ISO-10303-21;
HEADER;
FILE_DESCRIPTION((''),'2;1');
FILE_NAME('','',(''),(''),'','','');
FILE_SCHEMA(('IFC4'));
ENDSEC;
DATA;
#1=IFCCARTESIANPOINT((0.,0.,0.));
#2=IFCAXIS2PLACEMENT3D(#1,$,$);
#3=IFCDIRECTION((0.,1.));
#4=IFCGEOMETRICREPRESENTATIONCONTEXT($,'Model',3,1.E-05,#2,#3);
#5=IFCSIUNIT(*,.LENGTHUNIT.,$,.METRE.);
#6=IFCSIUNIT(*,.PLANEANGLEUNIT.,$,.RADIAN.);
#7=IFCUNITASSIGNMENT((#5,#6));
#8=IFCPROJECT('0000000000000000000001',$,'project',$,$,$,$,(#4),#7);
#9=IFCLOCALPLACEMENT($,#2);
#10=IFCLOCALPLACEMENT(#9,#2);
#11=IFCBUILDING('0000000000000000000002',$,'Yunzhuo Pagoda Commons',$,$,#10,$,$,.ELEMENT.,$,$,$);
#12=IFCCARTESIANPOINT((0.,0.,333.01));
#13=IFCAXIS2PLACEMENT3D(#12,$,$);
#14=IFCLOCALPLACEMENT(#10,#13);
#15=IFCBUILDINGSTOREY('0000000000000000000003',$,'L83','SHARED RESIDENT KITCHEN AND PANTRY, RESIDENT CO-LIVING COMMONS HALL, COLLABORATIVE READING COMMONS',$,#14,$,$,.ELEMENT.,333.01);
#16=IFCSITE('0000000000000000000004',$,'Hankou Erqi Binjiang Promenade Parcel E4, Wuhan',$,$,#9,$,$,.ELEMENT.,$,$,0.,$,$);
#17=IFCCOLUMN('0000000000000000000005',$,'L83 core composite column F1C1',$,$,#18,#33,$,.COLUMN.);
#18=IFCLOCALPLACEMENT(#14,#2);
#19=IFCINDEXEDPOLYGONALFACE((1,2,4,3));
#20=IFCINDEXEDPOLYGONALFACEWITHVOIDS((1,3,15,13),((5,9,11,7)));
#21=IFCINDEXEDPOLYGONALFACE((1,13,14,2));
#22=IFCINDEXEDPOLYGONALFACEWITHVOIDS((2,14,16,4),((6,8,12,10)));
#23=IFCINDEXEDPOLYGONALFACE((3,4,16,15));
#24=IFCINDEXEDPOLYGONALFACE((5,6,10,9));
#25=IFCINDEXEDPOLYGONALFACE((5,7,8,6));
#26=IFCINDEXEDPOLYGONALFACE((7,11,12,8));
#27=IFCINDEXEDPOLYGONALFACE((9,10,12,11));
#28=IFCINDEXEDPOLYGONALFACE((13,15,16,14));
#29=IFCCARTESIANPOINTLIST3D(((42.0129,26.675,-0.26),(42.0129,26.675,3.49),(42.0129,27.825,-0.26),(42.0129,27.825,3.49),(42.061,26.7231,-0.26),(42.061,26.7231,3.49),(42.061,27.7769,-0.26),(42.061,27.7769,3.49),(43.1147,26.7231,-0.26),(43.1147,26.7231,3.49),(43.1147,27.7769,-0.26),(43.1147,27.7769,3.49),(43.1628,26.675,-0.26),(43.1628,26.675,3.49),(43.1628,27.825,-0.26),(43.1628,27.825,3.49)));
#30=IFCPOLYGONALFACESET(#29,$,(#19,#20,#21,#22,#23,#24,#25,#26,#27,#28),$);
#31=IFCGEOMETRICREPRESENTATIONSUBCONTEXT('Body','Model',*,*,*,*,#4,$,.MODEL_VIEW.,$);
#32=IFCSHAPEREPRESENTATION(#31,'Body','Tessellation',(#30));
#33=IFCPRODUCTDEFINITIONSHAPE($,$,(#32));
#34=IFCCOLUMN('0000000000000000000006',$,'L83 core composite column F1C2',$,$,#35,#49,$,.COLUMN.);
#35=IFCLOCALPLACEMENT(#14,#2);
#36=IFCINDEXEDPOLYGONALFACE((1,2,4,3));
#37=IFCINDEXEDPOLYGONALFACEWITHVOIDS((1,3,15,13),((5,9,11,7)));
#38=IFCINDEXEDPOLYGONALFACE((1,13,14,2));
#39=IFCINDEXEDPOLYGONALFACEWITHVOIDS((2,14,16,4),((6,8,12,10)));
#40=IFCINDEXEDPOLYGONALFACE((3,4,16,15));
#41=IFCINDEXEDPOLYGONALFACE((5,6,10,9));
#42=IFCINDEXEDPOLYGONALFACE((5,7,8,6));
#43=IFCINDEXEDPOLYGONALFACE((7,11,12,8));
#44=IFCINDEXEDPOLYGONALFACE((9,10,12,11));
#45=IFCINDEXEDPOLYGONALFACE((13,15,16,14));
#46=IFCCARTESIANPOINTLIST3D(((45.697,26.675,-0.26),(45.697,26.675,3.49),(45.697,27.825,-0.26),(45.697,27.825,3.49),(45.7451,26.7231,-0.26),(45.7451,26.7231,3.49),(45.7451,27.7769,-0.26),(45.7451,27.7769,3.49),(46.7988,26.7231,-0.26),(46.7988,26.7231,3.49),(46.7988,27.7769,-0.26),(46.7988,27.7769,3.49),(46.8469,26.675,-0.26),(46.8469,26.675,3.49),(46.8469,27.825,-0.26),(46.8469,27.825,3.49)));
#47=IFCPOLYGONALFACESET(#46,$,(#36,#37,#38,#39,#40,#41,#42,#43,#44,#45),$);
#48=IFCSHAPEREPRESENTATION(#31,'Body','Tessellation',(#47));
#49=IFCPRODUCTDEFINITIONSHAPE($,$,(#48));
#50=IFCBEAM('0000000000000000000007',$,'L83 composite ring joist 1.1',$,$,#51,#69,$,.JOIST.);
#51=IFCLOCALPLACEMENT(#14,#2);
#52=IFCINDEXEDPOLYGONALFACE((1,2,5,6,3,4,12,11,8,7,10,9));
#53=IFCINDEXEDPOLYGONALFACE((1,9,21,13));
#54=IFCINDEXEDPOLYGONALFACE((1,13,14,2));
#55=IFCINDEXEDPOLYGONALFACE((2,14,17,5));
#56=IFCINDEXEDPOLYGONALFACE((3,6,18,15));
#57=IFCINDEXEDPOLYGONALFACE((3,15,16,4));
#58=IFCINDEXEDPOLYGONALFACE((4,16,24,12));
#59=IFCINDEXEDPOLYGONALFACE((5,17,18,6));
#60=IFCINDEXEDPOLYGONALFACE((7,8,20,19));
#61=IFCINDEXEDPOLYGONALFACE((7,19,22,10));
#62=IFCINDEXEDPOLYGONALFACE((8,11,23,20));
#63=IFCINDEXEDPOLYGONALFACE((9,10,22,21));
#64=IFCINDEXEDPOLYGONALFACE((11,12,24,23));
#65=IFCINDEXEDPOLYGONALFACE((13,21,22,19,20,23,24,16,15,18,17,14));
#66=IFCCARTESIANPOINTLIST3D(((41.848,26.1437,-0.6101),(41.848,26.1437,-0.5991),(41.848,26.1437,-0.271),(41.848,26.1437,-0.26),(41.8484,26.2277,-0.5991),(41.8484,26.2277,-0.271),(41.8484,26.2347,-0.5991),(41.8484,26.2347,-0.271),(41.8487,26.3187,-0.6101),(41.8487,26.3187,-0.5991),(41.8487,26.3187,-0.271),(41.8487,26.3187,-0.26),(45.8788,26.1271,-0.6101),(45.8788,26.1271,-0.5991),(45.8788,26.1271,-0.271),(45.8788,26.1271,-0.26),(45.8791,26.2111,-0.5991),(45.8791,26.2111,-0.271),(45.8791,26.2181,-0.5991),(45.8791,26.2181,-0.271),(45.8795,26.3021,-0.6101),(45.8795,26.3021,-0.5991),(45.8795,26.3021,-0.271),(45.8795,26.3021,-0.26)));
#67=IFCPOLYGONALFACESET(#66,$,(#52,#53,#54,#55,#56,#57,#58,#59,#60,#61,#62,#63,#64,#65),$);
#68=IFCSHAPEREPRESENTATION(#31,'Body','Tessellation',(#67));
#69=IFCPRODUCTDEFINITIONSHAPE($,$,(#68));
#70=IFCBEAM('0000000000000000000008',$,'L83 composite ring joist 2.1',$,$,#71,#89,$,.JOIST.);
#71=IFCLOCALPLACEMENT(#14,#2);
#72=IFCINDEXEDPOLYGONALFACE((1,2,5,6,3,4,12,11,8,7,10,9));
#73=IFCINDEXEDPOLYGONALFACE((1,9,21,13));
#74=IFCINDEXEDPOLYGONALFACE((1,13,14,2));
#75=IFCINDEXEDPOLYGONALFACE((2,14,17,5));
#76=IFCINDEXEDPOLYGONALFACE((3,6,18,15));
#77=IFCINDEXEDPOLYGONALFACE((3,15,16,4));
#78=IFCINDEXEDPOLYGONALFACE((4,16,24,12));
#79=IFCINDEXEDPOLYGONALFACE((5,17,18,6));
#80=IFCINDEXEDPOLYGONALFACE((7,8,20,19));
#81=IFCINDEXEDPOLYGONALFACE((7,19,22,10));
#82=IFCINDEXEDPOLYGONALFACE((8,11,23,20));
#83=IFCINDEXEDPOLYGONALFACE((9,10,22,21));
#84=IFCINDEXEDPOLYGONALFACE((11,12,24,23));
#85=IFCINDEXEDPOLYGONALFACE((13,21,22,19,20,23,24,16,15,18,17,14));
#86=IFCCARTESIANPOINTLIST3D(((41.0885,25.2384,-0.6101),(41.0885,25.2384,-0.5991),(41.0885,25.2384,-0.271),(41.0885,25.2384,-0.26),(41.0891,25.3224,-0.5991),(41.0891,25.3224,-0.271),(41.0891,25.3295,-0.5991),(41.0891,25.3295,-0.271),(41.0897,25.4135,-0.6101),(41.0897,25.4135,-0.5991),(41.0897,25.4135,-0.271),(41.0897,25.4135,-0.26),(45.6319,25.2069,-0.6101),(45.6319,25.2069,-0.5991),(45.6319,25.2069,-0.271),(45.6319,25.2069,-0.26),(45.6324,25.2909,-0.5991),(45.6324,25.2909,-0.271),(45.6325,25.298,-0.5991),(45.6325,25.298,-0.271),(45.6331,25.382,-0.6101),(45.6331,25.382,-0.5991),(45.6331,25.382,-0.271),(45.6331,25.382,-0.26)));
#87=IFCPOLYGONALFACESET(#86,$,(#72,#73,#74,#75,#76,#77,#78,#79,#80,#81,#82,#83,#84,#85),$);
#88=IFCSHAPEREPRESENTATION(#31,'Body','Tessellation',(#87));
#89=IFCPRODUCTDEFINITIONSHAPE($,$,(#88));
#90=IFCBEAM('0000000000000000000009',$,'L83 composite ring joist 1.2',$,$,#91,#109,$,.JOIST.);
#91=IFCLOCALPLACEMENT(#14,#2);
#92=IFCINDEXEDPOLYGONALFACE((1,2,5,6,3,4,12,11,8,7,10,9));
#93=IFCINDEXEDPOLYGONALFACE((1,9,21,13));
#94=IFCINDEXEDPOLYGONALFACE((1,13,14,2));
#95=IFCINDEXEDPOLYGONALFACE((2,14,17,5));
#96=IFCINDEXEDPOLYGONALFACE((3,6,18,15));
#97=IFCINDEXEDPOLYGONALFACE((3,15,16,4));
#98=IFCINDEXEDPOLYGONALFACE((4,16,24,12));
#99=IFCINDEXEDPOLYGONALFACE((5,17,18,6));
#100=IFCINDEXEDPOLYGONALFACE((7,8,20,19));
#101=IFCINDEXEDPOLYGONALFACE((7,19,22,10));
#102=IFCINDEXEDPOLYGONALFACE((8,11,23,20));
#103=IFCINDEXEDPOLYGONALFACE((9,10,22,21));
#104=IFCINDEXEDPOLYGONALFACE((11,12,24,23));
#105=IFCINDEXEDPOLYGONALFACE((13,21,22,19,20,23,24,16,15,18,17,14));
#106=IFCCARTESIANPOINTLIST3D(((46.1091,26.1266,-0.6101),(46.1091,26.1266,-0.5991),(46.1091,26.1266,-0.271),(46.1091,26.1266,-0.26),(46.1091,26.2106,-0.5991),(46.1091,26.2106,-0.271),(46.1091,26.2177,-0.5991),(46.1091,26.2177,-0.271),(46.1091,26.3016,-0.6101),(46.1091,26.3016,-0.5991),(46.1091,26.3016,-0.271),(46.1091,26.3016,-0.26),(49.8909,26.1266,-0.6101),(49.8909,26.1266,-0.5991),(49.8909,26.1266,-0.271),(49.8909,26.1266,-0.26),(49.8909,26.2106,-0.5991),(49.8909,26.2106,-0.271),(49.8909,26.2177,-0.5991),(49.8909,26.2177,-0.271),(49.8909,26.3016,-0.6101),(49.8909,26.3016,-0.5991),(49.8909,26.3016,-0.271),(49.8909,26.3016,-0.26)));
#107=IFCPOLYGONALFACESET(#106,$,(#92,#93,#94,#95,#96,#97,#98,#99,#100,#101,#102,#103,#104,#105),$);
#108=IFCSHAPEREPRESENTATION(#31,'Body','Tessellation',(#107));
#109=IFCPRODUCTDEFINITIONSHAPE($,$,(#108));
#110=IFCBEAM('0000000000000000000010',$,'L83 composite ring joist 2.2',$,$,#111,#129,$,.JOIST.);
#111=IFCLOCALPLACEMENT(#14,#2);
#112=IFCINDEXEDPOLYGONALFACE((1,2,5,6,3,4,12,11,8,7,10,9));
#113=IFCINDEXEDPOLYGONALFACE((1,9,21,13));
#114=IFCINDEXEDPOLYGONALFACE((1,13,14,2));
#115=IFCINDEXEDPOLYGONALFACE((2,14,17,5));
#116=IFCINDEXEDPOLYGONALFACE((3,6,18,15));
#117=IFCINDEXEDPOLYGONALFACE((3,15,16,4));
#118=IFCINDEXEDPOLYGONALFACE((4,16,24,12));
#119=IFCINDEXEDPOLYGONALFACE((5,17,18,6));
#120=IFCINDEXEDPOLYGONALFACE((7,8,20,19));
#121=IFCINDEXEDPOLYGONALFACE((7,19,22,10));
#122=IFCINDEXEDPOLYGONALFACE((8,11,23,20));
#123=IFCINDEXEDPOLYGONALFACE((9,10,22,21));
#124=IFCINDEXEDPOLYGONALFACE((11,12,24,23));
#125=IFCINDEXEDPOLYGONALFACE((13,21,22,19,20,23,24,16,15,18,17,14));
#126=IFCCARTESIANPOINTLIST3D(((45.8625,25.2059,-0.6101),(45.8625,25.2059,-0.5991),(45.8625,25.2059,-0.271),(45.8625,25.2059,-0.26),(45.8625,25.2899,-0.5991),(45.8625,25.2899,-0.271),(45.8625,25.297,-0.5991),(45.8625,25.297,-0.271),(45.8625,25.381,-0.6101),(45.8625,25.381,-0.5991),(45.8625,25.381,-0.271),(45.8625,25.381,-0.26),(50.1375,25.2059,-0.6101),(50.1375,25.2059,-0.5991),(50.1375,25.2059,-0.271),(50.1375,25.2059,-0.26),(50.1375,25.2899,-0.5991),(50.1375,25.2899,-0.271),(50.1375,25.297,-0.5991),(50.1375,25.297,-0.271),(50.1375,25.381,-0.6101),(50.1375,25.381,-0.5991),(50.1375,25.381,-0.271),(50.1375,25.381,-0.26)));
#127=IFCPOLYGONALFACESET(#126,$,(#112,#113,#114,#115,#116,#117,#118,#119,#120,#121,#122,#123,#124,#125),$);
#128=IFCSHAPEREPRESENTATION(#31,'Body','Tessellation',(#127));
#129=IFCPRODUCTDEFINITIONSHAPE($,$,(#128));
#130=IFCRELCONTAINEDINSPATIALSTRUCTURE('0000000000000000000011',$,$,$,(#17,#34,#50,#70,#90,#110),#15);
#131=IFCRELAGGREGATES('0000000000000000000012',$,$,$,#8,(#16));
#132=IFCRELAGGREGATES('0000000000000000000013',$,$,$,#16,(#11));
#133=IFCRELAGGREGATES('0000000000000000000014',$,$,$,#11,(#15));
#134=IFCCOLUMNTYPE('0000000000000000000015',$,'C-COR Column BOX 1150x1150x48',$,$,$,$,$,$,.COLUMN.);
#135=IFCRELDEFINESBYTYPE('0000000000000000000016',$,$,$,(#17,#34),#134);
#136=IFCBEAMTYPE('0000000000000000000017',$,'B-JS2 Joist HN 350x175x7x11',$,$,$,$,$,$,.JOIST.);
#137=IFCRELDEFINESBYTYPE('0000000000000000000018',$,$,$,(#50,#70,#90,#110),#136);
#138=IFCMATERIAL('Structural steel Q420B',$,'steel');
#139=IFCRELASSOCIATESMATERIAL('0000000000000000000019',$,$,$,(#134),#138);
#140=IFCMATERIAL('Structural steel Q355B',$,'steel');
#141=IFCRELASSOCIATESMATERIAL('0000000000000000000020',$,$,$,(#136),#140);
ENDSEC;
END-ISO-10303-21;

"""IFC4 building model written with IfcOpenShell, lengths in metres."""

from ifc_helpers import new_model, si_unit, direction, frame, origin, origin_2d, place, context, subcontext, project, spatial, hollow_rectangle, i_section, extrude, source, transform, mapped, material, material_profile, profile_set, type_object, element, save


model = new_model("IFC4")

# Units and contexts
model_context = context("Model", 3, precision=1e-05, world=origin(), true_north=direction((0.0, 1.0)))
body_context = subcontext(model_context, "Body", "Model", "MODEL_VIEW")
ifc_project = project(units=[si_unit("LENGTHUNIT", "METRE"), si_unit("PLANEANGLEUNIT", "RADIAN")], contexts=[model_context])

# Site, building, storey
site_placement = place(None, origin())
site = spatial("IfcSite", under=ifc_project, at=site_placement, Name="Hankou Erqi Binjiang Promenade Parcel E4, Wuhan", CompositionType="ELEMENT", RefElevation=0.0)
building_placement = place(site_placement, origin())
building = spatial("IfcBuilding", under=site, at=building_placement, Name="Yunzhuo Pagoda Commons", CompositionType="ELEMENT")
storey_placement = place(building_placement, frame((0.0, 0.0, 333.01)))
storey = spatial("IfcBuildingStorey", under=building, at=storey_placement, Name="L83", Description="SHARED RESIDENT KITCHEN AND PANTRY, RESIDENT CO-LIVING COMMONS HALL, COLLABORATIVE READING COMMONS", CompositionType="ELEMENT", Elevation=333.01)

# Columns
ifc_material_1 = material(Name="Structural steel Q420B", Category="steel")
ifc_material_profile_1 = material_profile(ifc_material_1, hollow_rectangle(XDim=1.1499, YDim=1.1499, WallThickness=0.0481, at=origin_2d()), Name="Structural steel Q420B")
ifc_profile_set_1 = profile_set([ifc_material_profile_1], Name="Structural steel Q420B")
column_type = type_object("IfcColumnType", Name="C-COR Column BOX 1150x1150x48", PredefinedType="COLUMN", material=ifc_profile_set_1)
shared_shape_1 = source(origin(), body_context, "Body", "SweptSolid", [
    extrude(hollow_rectangle(XDim=1.1499, YDim=1.1499, WallThickness=0.0481, at=origin_2d()), origin(), (0.0, 0.0, 1.0), 3.75),
])
for number, where, z_axis, x_axis, name in (
    (1, (42.5879, 27.25, -0.26), (0.0, 0.0, 1.0), (1.0, 0.0, 0.0), "L83 core composite column F1C1"),
    (2, (46.272, 27.25, -0.26), (0.0, 0.0, 1.0), (1.0, 0.0, 0.0), "L83 core composite column F1C2"),
):
    element("IfcColumn", number, at=place(storey_placement, frame(where, z_axis=z_axis, x_axis=x_axis)), inside=storey, type_object=column_type, Name=name, PredefinedType="COLUMN", context=body_context, shape_type="MappedRepresentation", body=[
        mapped(shared_shape_1, transform((0.0, 0.0, 0.0), scale=1.0)),
    ])

# Beams
ifc_material_2 = material(Name="Structural steel Q355B", Category="steel")
ifc_material_profile_2 = material_profile(ifc_material_2, i_section(OverallWidth=0.175, OverallDepth=0.3501, WebThickness=0.0071, FlangeThickness=0.011, at=origin_2d()), Name="Structural steel Q355B")
ifc_profile_set_2 = profile_set([ifc_material_profile_2], Name="Structural steel Q355B")
beam_type = type_object("IfcBeamType", Name="B-JS2 Joist HN 350x175x7x11", PredefinedType="JOIST", material=ifc_profile_set_2)
shared_shape_2 = source(origin(), body_context, "Body", "SweptSolid", [
    extrude(i_section(OverallWidth=0.175, OverallDepth=0.3501, WebThickness=0.0071, FlangeThickness=0.011, at=origin_2d()), origin(), (0.0, 0.0, 1.0), 4.0308),
])
beam_1_placement = place(storey_placement, frame((41.8484, 26.2312, -0.4351), z_axis=(0.999992, -0.004119, 0.0), x_axis=(0.004119, 0.999992, 0.0)))
element("IfcBeam", 3, at=beam_1_placement, inside=storey, type_object=beam_type, Name="L83 composite ring joist 1.1", PredefinedType="JOIST", context=body_context, shape_type="MappedRepresentation", body=[
    mapped(shared_shape_2, transform((0.0, 0.0, 0.0), scale=1.0)),
])
shared_shape_3 = source(origin(), body_context, "Body", "SweptSolid", [
    extrude(i_section(OverallWidth=0.175, OverallDepth=0.3501, WebThickness=0.0071, FlangeThickness=0.011, at=origin_2d()), origin(), (0.0, 0.0, 1.0), 4.5435),
])
beam_2_placement = place(storey_placement, frame((41.0891, 25.3259, -0.4351), z_axis=(0.999976, -0.006932, 0.0), x_axis=(0.006932, 0.999976, 0.0)))
element("IfcBeam", 4, at=beam_2_placement, inside=storey, type_object=beam_type, Name="L83 composite ring joist 2.1", PredefinedType="JOIST", context=body_context, shape_type="MappedRepresentation", body=[
    mapped(shared_shape_3, transform((0.0, 0.0, 0.0), scale=1.0)),
])
shared_shape_4 = source(origin(), body_context, "Body", "SweptSolid", [
    extrude(i_section(OverallWidth=0.175, OverallDepth=0.3501, WebThickness=0.0071, FlangeThickness=0.011, at=origin_2d()), origin(), (0.0, 0.0, 1.0), 3.7817),
])
beam_3_placement = place(storey_placement, frame((46.1091, 26.2141, -0.4351), z_axis=(1.0, 0.0, 0.0), x_axis=(0.0, 1.0, 0.0)))
element("IfcBeam", 5, at=beam_3_placement, inside=storey, type_object=beam_type, Name="L83 composite ring joist 1.2", PredefinedType="JOIST", context=body_context, shape_type="MappedRepresentation", body=[
    mapped(shared_shape_4, transform((0.0, 0.0, 0.0), scale=1.0)),
])
shared_shape_5 = source(origin(), body_context, "Body", "SweptSolid", [
    extrude(i_section(OverallWidth=0.175, OverallDepth=0.3501, WebThickness=0.0071, FlangeThickness=0.011, at=origin_2d()), origin(), (0.0, 0.0, 1.0), 4.2749),
])
beam_4_placement = place(storey_placement, frame((45.8625, 25.2935, -0.4351), z_axis=(1.0, 0.0, 0.0), x_axis=(0.0, 1.0, 0.0)))
element("IfcBeam", 6, at=beam_4_placement, inside=storey, type_object=beam_type, Name="L83 composite ring joist 2.2", PredefinedType="JOIST", context=body_context, shape_type="MappedRepresentation", body=[
    mapped(shared_shape_5, transform((0.0, 0.0, 0.0), scale=1.0)),
])

save(model, "model.ifc")
